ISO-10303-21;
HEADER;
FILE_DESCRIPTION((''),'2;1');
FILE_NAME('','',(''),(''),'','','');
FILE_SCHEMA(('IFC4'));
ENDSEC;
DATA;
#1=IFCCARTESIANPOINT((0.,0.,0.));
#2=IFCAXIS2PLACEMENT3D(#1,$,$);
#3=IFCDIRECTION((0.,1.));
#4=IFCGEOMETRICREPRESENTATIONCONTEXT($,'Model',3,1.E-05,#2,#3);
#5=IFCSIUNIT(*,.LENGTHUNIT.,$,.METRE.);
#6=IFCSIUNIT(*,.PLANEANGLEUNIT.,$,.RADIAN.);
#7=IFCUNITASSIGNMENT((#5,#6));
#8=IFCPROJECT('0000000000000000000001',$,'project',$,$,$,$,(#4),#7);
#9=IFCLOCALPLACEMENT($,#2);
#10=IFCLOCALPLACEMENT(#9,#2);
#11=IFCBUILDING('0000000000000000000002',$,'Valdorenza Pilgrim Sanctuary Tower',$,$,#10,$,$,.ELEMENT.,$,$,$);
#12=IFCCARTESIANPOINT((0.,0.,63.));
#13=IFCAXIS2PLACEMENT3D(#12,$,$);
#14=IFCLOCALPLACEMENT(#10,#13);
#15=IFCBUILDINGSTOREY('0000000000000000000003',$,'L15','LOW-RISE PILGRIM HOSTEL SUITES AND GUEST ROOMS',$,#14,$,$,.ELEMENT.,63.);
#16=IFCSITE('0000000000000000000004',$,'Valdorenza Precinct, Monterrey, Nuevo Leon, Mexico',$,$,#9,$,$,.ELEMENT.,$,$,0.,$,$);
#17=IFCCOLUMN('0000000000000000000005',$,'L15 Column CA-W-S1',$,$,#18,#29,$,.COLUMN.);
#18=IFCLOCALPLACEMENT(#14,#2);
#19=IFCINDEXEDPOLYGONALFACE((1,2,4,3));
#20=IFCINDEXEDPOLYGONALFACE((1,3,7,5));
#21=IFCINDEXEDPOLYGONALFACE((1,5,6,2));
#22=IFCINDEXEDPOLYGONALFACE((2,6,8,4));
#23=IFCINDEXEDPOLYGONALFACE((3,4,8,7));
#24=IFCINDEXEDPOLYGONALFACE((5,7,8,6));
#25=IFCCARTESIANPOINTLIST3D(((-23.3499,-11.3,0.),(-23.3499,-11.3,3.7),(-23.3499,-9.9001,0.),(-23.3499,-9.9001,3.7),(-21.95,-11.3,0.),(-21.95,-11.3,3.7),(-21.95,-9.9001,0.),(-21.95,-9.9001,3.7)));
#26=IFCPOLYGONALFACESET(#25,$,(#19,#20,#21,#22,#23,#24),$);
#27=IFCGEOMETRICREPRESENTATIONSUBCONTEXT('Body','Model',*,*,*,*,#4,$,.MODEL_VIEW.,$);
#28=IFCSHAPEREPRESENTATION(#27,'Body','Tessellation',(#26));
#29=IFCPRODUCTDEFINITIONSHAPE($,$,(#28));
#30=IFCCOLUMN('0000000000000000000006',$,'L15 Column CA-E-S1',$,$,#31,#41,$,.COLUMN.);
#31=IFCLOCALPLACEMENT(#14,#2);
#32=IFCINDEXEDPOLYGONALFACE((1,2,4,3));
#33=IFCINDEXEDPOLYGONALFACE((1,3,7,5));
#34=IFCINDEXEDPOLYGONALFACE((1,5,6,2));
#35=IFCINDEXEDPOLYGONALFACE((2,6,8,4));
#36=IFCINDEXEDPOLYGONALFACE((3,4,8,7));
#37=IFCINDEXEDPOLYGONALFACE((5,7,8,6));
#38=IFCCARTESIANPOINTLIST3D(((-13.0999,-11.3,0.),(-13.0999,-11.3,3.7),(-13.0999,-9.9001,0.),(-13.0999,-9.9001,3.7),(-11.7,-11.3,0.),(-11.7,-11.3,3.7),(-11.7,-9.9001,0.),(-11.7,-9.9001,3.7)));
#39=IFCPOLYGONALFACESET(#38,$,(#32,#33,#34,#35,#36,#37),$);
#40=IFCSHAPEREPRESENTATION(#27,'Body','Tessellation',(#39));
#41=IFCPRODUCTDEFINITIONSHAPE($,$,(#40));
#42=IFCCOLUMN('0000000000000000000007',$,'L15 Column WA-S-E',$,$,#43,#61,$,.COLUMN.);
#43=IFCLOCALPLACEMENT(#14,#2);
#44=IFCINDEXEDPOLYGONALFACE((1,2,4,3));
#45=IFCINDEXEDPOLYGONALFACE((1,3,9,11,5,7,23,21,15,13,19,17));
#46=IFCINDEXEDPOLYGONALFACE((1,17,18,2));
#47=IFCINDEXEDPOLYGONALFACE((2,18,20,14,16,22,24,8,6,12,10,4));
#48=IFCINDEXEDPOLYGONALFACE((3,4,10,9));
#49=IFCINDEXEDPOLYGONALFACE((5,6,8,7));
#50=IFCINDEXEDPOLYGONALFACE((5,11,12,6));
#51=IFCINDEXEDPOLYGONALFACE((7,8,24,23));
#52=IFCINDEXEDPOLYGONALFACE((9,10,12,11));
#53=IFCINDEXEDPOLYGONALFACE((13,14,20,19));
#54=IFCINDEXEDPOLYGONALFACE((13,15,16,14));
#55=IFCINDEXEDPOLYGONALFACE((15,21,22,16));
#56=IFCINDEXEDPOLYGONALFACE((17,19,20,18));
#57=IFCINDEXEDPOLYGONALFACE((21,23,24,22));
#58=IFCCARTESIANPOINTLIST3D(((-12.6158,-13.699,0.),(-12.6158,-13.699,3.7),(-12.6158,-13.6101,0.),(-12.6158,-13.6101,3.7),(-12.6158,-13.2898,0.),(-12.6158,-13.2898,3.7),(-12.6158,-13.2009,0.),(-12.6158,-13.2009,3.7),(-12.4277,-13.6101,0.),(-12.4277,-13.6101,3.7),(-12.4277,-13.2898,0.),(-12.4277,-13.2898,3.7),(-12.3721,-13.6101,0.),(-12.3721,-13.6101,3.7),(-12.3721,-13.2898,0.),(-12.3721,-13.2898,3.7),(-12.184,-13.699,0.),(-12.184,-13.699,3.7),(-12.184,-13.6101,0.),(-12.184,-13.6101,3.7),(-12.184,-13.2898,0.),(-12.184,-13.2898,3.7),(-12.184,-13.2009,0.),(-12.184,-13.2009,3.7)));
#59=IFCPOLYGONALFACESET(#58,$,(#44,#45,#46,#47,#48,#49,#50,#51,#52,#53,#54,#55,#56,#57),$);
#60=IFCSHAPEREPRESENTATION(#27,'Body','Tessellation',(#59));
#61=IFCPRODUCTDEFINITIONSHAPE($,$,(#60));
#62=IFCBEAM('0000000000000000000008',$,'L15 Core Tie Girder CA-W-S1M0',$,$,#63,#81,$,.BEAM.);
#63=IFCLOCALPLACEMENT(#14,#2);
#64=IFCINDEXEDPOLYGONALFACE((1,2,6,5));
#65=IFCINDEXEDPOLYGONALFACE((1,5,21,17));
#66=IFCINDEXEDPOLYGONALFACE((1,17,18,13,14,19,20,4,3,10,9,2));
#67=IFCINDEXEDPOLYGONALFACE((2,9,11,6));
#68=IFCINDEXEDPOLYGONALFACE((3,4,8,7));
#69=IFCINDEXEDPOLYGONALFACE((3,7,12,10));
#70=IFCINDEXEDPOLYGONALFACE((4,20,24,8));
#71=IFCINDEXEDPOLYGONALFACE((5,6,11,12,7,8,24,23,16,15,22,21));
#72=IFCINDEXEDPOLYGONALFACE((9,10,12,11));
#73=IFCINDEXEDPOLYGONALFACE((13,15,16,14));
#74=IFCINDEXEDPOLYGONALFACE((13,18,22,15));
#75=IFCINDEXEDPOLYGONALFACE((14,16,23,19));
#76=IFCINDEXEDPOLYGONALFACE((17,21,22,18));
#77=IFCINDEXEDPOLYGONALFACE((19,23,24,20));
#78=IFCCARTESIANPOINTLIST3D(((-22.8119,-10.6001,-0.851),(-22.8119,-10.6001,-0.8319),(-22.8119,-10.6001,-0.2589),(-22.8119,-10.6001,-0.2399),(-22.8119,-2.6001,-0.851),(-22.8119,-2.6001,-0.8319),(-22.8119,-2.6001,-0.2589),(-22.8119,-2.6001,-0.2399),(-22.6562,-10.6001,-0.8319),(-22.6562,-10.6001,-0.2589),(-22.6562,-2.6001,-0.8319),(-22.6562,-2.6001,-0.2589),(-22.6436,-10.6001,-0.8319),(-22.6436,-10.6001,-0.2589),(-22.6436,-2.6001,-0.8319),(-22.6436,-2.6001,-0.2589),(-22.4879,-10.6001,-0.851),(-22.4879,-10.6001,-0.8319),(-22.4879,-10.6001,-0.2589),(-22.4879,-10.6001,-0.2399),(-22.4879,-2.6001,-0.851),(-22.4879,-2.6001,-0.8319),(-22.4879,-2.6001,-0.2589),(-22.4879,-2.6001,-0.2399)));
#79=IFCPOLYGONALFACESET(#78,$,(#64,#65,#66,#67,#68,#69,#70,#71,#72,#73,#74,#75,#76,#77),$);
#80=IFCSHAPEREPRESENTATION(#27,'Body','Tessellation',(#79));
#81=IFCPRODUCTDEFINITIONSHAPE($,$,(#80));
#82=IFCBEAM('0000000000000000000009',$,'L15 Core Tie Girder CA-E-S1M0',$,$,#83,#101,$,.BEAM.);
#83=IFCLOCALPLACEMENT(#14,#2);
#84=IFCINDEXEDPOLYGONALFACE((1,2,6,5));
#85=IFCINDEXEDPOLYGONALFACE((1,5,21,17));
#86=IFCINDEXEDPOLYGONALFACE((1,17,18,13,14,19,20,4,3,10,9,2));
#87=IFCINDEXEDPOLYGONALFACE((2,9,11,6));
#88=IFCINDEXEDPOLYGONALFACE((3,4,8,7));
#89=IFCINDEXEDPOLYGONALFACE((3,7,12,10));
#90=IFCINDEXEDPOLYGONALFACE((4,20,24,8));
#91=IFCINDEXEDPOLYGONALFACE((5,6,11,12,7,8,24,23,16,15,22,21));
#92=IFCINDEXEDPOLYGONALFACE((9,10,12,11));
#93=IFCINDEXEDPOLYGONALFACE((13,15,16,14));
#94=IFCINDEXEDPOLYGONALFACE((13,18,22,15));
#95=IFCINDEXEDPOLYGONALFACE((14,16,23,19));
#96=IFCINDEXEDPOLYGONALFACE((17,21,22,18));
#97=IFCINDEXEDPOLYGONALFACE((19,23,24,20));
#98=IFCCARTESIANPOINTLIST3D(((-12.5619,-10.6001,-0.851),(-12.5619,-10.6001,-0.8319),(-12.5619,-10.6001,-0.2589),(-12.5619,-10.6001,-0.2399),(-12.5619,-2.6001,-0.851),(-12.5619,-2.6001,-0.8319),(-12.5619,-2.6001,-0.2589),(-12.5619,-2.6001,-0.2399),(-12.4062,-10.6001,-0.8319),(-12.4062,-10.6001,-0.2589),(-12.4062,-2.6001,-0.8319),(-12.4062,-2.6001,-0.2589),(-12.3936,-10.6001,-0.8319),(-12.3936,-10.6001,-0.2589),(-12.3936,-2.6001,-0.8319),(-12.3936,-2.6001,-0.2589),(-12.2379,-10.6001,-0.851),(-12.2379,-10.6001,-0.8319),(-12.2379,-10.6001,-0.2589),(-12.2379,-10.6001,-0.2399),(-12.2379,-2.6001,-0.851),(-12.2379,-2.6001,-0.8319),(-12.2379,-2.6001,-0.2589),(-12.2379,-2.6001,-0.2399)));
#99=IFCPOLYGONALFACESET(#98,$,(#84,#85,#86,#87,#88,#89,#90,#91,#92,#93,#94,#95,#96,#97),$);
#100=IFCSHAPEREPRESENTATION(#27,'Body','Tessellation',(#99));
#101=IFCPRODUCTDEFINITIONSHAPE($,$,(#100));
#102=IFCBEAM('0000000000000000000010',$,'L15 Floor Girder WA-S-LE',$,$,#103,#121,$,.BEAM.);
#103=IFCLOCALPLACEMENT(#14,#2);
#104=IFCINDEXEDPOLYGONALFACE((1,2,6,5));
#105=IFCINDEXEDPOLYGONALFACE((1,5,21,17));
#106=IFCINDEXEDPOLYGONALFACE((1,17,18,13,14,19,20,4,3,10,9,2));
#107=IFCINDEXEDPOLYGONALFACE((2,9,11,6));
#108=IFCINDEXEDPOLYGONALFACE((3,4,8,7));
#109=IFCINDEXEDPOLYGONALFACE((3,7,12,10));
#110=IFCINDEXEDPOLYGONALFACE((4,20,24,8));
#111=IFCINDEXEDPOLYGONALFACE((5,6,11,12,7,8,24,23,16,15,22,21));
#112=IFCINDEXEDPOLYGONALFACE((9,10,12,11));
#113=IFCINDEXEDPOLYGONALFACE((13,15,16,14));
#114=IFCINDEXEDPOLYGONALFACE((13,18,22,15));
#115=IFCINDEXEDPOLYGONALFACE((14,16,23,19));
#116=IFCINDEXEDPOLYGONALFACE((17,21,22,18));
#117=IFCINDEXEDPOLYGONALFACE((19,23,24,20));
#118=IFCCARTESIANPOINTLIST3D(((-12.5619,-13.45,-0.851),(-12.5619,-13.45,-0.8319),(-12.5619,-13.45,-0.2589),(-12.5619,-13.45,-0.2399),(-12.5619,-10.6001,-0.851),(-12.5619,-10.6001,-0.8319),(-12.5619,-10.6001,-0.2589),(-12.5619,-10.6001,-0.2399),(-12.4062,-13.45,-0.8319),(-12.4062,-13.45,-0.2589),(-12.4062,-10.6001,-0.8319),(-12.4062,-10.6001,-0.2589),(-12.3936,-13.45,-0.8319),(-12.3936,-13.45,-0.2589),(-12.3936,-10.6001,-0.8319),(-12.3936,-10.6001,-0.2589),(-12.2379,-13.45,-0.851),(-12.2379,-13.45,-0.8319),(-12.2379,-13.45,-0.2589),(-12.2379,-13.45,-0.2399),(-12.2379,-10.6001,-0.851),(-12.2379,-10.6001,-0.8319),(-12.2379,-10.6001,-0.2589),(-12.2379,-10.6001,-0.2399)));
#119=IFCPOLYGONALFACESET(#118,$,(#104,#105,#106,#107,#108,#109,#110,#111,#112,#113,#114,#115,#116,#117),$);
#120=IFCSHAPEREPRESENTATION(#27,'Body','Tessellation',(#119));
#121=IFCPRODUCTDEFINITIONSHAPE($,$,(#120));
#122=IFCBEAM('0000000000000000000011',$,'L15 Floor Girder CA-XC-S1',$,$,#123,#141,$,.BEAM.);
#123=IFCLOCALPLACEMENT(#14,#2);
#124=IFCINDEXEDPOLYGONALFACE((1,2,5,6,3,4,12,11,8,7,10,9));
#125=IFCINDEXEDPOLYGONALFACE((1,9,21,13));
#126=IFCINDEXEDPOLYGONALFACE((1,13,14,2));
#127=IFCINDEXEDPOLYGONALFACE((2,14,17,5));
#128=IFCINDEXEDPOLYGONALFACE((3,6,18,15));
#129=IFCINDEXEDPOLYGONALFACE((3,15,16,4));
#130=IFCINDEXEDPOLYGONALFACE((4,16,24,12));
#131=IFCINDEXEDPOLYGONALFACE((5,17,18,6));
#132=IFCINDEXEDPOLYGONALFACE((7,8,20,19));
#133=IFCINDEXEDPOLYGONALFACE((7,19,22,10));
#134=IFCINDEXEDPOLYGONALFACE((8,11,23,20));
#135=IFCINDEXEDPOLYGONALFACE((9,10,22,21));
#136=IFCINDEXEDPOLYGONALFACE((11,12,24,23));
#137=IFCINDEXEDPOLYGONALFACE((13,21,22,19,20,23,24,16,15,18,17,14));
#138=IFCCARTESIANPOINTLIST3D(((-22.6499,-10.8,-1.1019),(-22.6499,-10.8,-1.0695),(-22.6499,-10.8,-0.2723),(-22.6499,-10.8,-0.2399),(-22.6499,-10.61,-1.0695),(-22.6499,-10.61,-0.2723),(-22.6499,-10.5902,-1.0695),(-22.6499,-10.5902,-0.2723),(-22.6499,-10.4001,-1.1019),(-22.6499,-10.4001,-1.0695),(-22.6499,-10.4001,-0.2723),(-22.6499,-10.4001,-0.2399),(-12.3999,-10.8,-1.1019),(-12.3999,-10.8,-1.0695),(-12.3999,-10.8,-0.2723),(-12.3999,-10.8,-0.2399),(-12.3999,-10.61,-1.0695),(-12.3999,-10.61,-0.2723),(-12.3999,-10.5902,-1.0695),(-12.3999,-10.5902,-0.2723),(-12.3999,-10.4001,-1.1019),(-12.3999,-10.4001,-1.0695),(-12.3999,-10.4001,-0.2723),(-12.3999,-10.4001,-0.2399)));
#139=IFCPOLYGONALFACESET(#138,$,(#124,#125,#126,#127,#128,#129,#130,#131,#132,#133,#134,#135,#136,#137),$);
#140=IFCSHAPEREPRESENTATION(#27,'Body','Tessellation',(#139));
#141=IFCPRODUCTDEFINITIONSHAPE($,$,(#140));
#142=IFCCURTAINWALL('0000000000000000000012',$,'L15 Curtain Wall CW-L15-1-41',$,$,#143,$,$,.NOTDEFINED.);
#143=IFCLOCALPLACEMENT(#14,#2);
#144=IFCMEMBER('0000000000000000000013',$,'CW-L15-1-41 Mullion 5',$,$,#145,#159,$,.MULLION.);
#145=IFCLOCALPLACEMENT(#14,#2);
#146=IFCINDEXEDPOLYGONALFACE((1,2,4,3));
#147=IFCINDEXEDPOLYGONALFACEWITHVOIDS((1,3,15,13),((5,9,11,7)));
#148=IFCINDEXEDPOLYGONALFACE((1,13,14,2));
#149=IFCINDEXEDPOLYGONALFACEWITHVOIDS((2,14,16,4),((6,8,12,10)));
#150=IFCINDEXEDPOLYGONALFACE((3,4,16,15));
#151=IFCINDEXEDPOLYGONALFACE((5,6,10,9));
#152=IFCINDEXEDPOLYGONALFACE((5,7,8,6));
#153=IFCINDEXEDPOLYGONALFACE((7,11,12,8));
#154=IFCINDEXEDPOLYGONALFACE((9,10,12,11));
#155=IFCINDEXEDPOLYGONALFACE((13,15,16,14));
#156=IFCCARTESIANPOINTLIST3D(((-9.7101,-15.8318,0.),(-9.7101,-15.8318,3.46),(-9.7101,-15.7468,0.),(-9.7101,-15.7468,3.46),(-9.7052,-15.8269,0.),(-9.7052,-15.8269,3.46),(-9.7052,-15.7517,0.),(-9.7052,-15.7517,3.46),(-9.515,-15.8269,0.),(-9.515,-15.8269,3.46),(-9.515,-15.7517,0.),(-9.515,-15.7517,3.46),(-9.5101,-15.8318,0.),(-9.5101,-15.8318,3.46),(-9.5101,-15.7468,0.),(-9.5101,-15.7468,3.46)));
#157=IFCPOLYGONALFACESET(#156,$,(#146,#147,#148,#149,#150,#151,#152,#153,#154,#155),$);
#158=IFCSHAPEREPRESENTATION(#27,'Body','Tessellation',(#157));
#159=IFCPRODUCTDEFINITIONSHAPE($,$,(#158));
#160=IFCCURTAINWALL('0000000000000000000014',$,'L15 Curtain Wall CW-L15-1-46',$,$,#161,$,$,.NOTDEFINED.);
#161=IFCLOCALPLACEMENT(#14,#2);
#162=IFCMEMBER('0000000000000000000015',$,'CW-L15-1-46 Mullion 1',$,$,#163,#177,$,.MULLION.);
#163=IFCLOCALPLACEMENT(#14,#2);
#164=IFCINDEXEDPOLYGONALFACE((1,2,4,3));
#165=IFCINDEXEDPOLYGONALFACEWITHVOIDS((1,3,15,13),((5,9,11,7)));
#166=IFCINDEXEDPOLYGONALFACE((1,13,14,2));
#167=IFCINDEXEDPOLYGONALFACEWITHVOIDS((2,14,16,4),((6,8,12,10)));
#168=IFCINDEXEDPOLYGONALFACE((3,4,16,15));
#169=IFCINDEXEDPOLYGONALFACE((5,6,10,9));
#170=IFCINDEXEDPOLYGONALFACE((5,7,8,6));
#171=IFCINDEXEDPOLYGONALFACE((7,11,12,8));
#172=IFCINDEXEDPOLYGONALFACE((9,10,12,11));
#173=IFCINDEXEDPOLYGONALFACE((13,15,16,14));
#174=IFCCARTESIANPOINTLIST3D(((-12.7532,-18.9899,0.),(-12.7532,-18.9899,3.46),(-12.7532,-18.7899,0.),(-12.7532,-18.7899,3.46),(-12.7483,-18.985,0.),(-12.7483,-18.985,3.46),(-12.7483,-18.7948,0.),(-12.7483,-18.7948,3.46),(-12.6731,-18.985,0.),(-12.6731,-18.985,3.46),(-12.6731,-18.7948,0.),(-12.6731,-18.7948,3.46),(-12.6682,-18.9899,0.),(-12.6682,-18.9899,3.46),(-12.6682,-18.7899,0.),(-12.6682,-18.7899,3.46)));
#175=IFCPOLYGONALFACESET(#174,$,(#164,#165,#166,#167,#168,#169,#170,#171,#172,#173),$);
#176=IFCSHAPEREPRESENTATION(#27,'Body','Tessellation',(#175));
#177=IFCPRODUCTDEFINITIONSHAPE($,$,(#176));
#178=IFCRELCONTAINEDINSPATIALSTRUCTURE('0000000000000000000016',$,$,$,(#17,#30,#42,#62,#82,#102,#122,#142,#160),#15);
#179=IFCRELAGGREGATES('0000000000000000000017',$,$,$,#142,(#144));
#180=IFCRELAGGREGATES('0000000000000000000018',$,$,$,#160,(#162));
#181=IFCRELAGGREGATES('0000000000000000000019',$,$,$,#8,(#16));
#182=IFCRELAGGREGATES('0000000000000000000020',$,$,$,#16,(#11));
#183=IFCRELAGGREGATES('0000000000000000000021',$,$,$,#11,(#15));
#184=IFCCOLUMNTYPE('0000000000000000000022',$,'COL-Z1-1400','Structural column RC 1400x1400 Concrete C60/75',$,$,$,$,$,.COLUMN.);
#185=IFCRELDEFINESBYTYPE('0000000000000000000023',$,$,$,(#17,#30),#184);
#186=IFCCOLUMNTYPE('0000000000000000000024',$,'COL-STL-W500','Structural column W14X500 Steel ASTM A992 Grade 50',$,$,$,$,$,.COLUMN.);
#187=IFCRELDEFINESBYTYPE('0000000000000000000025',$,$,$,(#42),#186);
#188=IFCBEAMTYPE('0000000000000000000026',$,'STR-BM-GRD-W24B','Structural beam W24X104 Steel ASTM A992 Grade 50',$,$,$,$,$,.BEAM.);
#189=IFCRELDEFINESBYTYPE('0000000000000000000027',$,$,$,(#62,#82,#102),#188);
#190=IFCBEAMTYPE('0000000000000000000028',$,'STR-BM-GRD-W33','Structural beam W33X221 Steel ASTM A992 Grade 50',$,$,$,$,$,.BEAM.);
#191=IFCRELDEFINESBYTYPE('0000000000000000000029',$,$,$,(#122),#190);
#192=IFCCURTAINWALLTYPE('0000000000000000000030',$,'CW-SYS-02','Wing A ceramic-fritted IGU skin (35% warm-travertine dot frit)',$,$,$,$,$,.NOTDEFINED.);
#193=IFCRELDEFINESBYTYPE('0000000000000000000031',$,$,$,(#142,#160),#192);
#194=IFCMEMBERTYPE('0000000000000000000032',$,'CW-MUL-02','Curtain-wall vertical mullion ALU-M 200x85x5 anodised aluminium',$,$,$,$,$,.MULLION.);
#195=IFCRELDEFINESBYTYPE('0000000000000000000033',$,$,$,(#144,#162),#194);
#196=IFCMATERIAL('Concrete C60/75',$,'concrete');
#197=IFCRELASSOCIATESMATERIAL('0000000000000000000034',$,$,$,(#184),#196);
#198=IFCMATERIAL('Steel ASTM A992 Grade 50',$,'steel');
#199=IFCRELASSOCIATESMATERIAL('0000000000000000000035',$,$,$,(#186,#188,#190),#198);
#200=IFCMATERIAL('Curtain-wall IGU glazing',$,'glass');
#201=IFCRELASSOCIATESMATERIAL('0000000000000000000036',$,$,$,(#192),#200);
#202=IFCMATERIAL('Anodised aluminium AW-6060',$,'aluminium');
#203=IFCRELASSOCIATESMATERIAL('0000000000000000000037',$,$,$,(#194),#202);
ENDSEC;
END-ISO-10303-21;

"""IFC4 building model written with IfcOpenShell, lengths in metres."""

from ifc_helpers import new_model, si_unit, direction, frame, origin, origin_2d, place, context, subcontext, project, spatial, rectangle, hollow_rectangle, i_section, extrude, source, transform, mapped, material, material_profile, profile_set, type_object, element, aggregate, save


model = new_model("IFC4")

# Units and contexts
model_context = context("Model", 3, precision=1e-05, world=origin(), true_north=direction((0.0, 1.0)))
body_context = subcontext(model_context, "Body", "Model", "MODEL_VIEW")
ifc_project = project(units=[si_unit("LENGTHUNIT", "METRE"), si_unit("PLANEANGLEUNIT", "RADIAN")], contexts=[model_context])

# Site, building, storey
site_placement = place(None, origin())
site = spatial("IfcSite", under=ifc_project, at=site_placement, Name="Valdorenza Precinct, Monterrey, Nuevo Leon, Mexico", CompositionType="ELEMENT", RefElevation=0.0)
building_placement = place(site_placement, origin())
building = spatial("IfcBuilding", under=site, at=building_placement, Name="Valdorenza Pilgrim Sanctuary Tower", CompositionType="ELEMENT")
storey_placement = place(building_placement, frame((0.0, 0.0, 63.0)))
storey = spatial("IfcBuildingStorey", under=building, at=storey_placement, Name="L15", Description="LOW-RISE PILGRIM HOSTEL SUITES AND GUEST ROOMS", CompositionType="ELEMENT", Elevation=63.0)

# Columns
ifc_material_1 = material(Name="Concrete C60/75", Category="concrete")
ifc_material_profile_1 = material_profile(ifc_material_1, rectangle(XDim=1.3999, YDim=1.3999, at=origin_2d()), Name="RC 1400x1400")
ifc_profile_set_1 = profile_set([ifc_material_profile_1], Name="Concrete C60/75")
column_type_1 = type_object("IfcColumnType", Name="COL-Z1-1400", Description="Structural column RC 1400x1400 Concrete C60/75", PredefinedType="COLUMN", material=ifc_profile_set_1)
shared_shape_1 = source(origin(), body_context, "Body", "SweptSolid", [
    extrude(rectangle(XDim=1.3999, YDim=1.3999, at=origin_2d()), origin(), (0.0, 0.0, 1.0), 3.7),
])
for number, where, z_axis, x_axis, name in (
    (1, (-22.6499, -10.6001, 0.0), (0.0, 0.0, 1.0), (1.0, 0.0, 0.0), "L15 Column CA-W-S1"),
    (2, (-12.3999, -10.6001, 0.0), (0.0, 0.0, 1.0), (1.0, 0.0, 0.0), "L15 Column CA-E-S1"),
):
    element("IfcColumn", number, at=place(storey_placement, frame(where, z_axis=z_axis, x_axis=x_axis)), inside=storey, type_object=column_type_1, Name=name, PredefinedType="COLUMN", context=body_context, shape_type="MappedRepresentation", body=[
        mapped(shared_shape_1, transform((0.0, 0.0, 0.0), x_axis=(1.0, 0.0, 0.0), y_axis=(0.0, 1.0, 0.0), z_axis=(0.0, 0.0, 1.0), scale=1.0)),
    ])
ifc_material_2 = material(Name="Steel ASTM A992 Grade 50", Category="steel")
ifc_material_profile_2 = material_profile(ifc_material_2, i_section(OverallWidth=0.4319, OverallDepth=0.498, WebThickness=0.0557, FlangeThickness=0.0889, at=origin_2d()), Name="W14X500")
ifc_profile_set_2 = profile_set([ifc_material_profile_2], Name="Steel ASTM A992 Grade 50")
column_type_2 = type_object("IfcColumnType", Name="COL-STL-W500", Description="Structural column W14X500 Steel ASTM A992 Grade 50", PredefinedType="COLUMN", material=ifc_profile_set_2)
shared_shape_2 = source(origin(), body_context, "Body", "SweptSolid", [
    extrude(i_section(OverallWidth=0.4319, OverallDepth=0.498, WebThickness=0.0557, FlangeThickness=0.0889, at=origin_2d()), origin(), (0.0, 0.0, 1.0), 3.7),
])
column_placement = place(storey_placement, frame((-12.3999, -13.45, 0.0), z_axis=(0.0, 0.0, 1.0), x_axis=(1.0, 0.0, 0.0)))
element("IfcColumn", 3, at=column_placement, inside=storey, type_object=column_type_2, Name="L15 Column WA-S-E", PredefinedType="COLUMN", context=body_context, shape_type="MappedRepresentation", body=[
    mapped(shared_shape_2, transform((0.0, 0.0, 0.0), x_axis=(1.0, 0.0, 0.0), y_axis=(0.0, 1.0, 0.0), z_axis=(0.0, 0.0, 1.0), scale=1.0)),
])

# Beams
ifc_material_profile_3 = material_profile(ifc_material_2, i_section(OverallWidth=0.324, OverallDepth=0.6111, WebThickness=0.0127, FlangeThickness=0.019, at=origin_2d()), Name="W24X104")
ifc_profile_set_3 = profile_set([ifc_material_profile_3], Name="Steel ASTM A992 Grade 50")
beam_type_1 = type_object("IfcBeamType", Name="STR-BM-GRD-W24B", Description="Structural beam W24X104 Steel ASTM A992 Grade 50", PredefinedType="BEAM", material=ifc_profile_set_3)
shared_shape_3 = source(origin(), body_context, "Body", "SweptSolid", [
    extrude(i_section(OverallWidth=0.324, OverallDepth=0.6111, WebThickness=0.0127, FlangeThickness=0.019, at=origin_2d()), origin(), (0.0, 0.0, 1.0), 8.0),
])
for number, where, z_axis, x_axis, name in (
    (4, (-22.6499, -10.6001, -0.5454), (0.0, 1.0, 0.0), (-1.0, 0.0, 0.0), "L15 Core Tie Girder CA-W-S1M0"),
    (5, (-12.3999, -10.6001, -0.5454), (0.0, 1.0, 0.0), (-1.0, 0.0, 0.0), "L15 Core Tie Girder CA-E-S1M0"),
):
    element("IfcBeam", number, at=place(storey_placement, frame(where, z_axis=z_axis, x_axis=x_axis)), inside=storey, type_object=beam_type_1, Name=name, PredefinedType="BEAM", context=body_context, shape_type="MappedRepresentation", body=[
        mapped(shared_shape_3, transform((0.0, 0.0, 0.0), x_axis=(1.0, 0.0, 0.0), y_axis=(0.0, 1.0, 0.0), z_axis=(0.0, 0.0, 1.0), scale=1.0)),
    ])
shared_shape_4 = source(origin(), body_context, "Body", "SweptSolid", [
    extrude(i_section(OverallWidth=0.324, OverallDepth=0.6111, WebThickness=0.0127, FlangeThickness=0.019, at=origin_2d()), origin(), (0.0, 0.0, 1.0), 2.8499),
])
beam_1_placement = place(storey_placement, frame((-12.3999, -13.45, -0.5454), z_axis=(0.0, 1.0, 0.0), x_axis=(-1.0, 0.0, 0.0)))
element("IfcBeam", 6, at=beam_1_placement, inside=storey, type_object=beam_type_1, Name="L15 Floor Girder WA-S-LE", PredefinedType="BEAM", context=body_context, shape_type="MappedRepresentation", body=[
    mapped(shared_shape_4, transform((0.0, 0.0, 0.0), x_axis=(1.0, 0.0, 0.0), y_axis=(0.0, 1.0, 0.0), z_axis=(0.0, 0.0, 1.0), scale=1.0)),
])
ifc_material_profile_4 = material_profile(ifc_material_2, i_section(OverallWidth=0.3999, OverallDepth=0.8621, WebThickness=0.0198, FlangeThickness=0.0325, at=origin_2d()), Name="W33X221")
ifc_profile_set_4 = profile_set([ifc_material_profile_4], Name="Steel ASTM A992 Grade 50")
beam_type_2 = type_object("IfcBeamType", Name="STR-BM-GRD-W33", Description="Structural beam W33X221 Steel ASTM A992 Grade 50", PredefinedType="BEAM", material=ifc_profile_set_4)
shared_shape_5 = source(origin(), body_context, "Body", "SweptSolid", [
    extrude(i_section(OverallWidth=0.3999, OverallDepth=0.8621, WebThickness=0.0198, FlangeThickness=0.0325, at=origin_2d()), origin(), (0.0, 0.0, 1.0), 10.25),
])
beam_2_placement = place(storey_placement, frame((-22.6499, -10.6001, -0.6709), z_axis=(1.0, 0.0, 0.0), x_axis=(0.0, 1.0, 0.0)))
element("IfcBeam", 7, at=beam_2_placement, inside=storey, type_object=beam_type_2, Name="L15 Floor Girder CA-XC-S1", PredefinedType="BEAM", context=body_context, shape_type="MappedRepresentation", body=[
    mapped(shared_shape_5, transform((0.0, 0.0, 0.0), x_axis=(1.0, 0.0, 0.0), y_axis=(0.0, 1.0, 0.0), z_axis=(0.0, 0.0, 1.0), scale=1.0)),
])

# Curtain wall, member
ifc_material_3 = material(Name="Curtain-wall IGU glazing", Category="glass")
curtain_wall_type = type_object("IfcCurtainWallType", Name="CW-SYS-02", Description="Wing A ceramic-fritted IGU skin (35% warm-travertine dot frit)", PredefinedType="NOTDEFINED", material=ifc_material_3)
curtain_wall_1_placement = place(storey_placement, origin())
curtain_wall_1 = element("IfcCurtainWall", 8, at=curtain_wall_1_placement, inside=storey, type_object=curtain_wall_type, Name="L15 Curtain Wall CW-L15-1-41", PredefinedType="NOTDEFINED")
ifc_material_4 = material(Name="Anodised aluminium AW-6060", Category="aluminium")
ifc_material_profile_5 = material_profile(ifc_material_4, hollow_rectangle(XDim=0.085, YDim=0.2, WallThickness=0.0049, at=origin_2d()), Name="ALU-M 200x85x5")
ifc_profile_set_5 = profile_set([ifc_material_profile_5], Name="Anodised aluminium AW-6060")
member_type_1 = type_object("IfcMemberType", Name="CW-MUL-02", Description="Curtain-wall vertical mullion ALU-M 200x85x5 anodised aluminium", PredefinedType="MULLION", material=ifc_profile_set_5)
shared_shape_6 = source(origin(), body_context, "Body", "SweptSolid", [
    extrude(hollow_rectangle(XDim=0.085, YDim=0.2, WallThickness=0.0049, at=origin_2d()), origin(), (0.0, 0.0, 1.0), 3.46),
])
member_1_placement = place(storey_placement, frame((-9.6101, -15.7893, 0.0), z_axis=(0.0, 0.0, 1.0), x_axis=(0.0, -1.0, 0.0)))
member_1 = element("IfcMember", 9, at=member_1_placement, type_object=member_type_1, Name="CW-L15-1-41 Mullion 5", PredefinedType="MULLION", context=body_context, shape_type="MappedRepresentation", body=[
    mapped(shared_shape_6, transform((0.0, 0.0, 0.0), x_axis=(1.0, 0.0, 0.0), y_axis=(0.0, 1.0, 0.0), z_axis=(0.0, 0.0, 1.0), scale=1.0)),
])

# Curtain wall, member
curtain_wall_2_placement = place(storey_placement, origin())
curtain_wall_2 = element("IfcCurtainWall", 10, at=curtain_wall_2_placement, inside=storey, type_object=curtain_wall_type, Name="L15 Curtain Wall CW-L15-1-46", PredefinedType="NOTDEFINED")
member_2_placement = place(storey_placement, frame((-12.7107, -18.8899, 0.0), z_axis=(0.0, 0.0, 1.0), x_axis=(-1.0, 0.0, 0.0)))
member_2 = element("IfcMember", 11, at=member_2_placement, type_object=member_type_1, Name="CW-L15-1-46 Mullion 1", PredefinedType="MULLION", context=body_context, shape_type="MappedRepresentation", body=[
    mapped(shared_shape_6, transform((0.0, 0.0, 0.0), x_axis=(1.0, 0.0, 0.0), y_axis=(0.0, 1.0, 0.0), z_axis=(0.0, 0.0, 1.0), scale=1.0)),
])

aggregate(curtain_wall_1, [member_1])
aggregate(curtain_wall_2, [member_2])

save(model, "model.ifc")
